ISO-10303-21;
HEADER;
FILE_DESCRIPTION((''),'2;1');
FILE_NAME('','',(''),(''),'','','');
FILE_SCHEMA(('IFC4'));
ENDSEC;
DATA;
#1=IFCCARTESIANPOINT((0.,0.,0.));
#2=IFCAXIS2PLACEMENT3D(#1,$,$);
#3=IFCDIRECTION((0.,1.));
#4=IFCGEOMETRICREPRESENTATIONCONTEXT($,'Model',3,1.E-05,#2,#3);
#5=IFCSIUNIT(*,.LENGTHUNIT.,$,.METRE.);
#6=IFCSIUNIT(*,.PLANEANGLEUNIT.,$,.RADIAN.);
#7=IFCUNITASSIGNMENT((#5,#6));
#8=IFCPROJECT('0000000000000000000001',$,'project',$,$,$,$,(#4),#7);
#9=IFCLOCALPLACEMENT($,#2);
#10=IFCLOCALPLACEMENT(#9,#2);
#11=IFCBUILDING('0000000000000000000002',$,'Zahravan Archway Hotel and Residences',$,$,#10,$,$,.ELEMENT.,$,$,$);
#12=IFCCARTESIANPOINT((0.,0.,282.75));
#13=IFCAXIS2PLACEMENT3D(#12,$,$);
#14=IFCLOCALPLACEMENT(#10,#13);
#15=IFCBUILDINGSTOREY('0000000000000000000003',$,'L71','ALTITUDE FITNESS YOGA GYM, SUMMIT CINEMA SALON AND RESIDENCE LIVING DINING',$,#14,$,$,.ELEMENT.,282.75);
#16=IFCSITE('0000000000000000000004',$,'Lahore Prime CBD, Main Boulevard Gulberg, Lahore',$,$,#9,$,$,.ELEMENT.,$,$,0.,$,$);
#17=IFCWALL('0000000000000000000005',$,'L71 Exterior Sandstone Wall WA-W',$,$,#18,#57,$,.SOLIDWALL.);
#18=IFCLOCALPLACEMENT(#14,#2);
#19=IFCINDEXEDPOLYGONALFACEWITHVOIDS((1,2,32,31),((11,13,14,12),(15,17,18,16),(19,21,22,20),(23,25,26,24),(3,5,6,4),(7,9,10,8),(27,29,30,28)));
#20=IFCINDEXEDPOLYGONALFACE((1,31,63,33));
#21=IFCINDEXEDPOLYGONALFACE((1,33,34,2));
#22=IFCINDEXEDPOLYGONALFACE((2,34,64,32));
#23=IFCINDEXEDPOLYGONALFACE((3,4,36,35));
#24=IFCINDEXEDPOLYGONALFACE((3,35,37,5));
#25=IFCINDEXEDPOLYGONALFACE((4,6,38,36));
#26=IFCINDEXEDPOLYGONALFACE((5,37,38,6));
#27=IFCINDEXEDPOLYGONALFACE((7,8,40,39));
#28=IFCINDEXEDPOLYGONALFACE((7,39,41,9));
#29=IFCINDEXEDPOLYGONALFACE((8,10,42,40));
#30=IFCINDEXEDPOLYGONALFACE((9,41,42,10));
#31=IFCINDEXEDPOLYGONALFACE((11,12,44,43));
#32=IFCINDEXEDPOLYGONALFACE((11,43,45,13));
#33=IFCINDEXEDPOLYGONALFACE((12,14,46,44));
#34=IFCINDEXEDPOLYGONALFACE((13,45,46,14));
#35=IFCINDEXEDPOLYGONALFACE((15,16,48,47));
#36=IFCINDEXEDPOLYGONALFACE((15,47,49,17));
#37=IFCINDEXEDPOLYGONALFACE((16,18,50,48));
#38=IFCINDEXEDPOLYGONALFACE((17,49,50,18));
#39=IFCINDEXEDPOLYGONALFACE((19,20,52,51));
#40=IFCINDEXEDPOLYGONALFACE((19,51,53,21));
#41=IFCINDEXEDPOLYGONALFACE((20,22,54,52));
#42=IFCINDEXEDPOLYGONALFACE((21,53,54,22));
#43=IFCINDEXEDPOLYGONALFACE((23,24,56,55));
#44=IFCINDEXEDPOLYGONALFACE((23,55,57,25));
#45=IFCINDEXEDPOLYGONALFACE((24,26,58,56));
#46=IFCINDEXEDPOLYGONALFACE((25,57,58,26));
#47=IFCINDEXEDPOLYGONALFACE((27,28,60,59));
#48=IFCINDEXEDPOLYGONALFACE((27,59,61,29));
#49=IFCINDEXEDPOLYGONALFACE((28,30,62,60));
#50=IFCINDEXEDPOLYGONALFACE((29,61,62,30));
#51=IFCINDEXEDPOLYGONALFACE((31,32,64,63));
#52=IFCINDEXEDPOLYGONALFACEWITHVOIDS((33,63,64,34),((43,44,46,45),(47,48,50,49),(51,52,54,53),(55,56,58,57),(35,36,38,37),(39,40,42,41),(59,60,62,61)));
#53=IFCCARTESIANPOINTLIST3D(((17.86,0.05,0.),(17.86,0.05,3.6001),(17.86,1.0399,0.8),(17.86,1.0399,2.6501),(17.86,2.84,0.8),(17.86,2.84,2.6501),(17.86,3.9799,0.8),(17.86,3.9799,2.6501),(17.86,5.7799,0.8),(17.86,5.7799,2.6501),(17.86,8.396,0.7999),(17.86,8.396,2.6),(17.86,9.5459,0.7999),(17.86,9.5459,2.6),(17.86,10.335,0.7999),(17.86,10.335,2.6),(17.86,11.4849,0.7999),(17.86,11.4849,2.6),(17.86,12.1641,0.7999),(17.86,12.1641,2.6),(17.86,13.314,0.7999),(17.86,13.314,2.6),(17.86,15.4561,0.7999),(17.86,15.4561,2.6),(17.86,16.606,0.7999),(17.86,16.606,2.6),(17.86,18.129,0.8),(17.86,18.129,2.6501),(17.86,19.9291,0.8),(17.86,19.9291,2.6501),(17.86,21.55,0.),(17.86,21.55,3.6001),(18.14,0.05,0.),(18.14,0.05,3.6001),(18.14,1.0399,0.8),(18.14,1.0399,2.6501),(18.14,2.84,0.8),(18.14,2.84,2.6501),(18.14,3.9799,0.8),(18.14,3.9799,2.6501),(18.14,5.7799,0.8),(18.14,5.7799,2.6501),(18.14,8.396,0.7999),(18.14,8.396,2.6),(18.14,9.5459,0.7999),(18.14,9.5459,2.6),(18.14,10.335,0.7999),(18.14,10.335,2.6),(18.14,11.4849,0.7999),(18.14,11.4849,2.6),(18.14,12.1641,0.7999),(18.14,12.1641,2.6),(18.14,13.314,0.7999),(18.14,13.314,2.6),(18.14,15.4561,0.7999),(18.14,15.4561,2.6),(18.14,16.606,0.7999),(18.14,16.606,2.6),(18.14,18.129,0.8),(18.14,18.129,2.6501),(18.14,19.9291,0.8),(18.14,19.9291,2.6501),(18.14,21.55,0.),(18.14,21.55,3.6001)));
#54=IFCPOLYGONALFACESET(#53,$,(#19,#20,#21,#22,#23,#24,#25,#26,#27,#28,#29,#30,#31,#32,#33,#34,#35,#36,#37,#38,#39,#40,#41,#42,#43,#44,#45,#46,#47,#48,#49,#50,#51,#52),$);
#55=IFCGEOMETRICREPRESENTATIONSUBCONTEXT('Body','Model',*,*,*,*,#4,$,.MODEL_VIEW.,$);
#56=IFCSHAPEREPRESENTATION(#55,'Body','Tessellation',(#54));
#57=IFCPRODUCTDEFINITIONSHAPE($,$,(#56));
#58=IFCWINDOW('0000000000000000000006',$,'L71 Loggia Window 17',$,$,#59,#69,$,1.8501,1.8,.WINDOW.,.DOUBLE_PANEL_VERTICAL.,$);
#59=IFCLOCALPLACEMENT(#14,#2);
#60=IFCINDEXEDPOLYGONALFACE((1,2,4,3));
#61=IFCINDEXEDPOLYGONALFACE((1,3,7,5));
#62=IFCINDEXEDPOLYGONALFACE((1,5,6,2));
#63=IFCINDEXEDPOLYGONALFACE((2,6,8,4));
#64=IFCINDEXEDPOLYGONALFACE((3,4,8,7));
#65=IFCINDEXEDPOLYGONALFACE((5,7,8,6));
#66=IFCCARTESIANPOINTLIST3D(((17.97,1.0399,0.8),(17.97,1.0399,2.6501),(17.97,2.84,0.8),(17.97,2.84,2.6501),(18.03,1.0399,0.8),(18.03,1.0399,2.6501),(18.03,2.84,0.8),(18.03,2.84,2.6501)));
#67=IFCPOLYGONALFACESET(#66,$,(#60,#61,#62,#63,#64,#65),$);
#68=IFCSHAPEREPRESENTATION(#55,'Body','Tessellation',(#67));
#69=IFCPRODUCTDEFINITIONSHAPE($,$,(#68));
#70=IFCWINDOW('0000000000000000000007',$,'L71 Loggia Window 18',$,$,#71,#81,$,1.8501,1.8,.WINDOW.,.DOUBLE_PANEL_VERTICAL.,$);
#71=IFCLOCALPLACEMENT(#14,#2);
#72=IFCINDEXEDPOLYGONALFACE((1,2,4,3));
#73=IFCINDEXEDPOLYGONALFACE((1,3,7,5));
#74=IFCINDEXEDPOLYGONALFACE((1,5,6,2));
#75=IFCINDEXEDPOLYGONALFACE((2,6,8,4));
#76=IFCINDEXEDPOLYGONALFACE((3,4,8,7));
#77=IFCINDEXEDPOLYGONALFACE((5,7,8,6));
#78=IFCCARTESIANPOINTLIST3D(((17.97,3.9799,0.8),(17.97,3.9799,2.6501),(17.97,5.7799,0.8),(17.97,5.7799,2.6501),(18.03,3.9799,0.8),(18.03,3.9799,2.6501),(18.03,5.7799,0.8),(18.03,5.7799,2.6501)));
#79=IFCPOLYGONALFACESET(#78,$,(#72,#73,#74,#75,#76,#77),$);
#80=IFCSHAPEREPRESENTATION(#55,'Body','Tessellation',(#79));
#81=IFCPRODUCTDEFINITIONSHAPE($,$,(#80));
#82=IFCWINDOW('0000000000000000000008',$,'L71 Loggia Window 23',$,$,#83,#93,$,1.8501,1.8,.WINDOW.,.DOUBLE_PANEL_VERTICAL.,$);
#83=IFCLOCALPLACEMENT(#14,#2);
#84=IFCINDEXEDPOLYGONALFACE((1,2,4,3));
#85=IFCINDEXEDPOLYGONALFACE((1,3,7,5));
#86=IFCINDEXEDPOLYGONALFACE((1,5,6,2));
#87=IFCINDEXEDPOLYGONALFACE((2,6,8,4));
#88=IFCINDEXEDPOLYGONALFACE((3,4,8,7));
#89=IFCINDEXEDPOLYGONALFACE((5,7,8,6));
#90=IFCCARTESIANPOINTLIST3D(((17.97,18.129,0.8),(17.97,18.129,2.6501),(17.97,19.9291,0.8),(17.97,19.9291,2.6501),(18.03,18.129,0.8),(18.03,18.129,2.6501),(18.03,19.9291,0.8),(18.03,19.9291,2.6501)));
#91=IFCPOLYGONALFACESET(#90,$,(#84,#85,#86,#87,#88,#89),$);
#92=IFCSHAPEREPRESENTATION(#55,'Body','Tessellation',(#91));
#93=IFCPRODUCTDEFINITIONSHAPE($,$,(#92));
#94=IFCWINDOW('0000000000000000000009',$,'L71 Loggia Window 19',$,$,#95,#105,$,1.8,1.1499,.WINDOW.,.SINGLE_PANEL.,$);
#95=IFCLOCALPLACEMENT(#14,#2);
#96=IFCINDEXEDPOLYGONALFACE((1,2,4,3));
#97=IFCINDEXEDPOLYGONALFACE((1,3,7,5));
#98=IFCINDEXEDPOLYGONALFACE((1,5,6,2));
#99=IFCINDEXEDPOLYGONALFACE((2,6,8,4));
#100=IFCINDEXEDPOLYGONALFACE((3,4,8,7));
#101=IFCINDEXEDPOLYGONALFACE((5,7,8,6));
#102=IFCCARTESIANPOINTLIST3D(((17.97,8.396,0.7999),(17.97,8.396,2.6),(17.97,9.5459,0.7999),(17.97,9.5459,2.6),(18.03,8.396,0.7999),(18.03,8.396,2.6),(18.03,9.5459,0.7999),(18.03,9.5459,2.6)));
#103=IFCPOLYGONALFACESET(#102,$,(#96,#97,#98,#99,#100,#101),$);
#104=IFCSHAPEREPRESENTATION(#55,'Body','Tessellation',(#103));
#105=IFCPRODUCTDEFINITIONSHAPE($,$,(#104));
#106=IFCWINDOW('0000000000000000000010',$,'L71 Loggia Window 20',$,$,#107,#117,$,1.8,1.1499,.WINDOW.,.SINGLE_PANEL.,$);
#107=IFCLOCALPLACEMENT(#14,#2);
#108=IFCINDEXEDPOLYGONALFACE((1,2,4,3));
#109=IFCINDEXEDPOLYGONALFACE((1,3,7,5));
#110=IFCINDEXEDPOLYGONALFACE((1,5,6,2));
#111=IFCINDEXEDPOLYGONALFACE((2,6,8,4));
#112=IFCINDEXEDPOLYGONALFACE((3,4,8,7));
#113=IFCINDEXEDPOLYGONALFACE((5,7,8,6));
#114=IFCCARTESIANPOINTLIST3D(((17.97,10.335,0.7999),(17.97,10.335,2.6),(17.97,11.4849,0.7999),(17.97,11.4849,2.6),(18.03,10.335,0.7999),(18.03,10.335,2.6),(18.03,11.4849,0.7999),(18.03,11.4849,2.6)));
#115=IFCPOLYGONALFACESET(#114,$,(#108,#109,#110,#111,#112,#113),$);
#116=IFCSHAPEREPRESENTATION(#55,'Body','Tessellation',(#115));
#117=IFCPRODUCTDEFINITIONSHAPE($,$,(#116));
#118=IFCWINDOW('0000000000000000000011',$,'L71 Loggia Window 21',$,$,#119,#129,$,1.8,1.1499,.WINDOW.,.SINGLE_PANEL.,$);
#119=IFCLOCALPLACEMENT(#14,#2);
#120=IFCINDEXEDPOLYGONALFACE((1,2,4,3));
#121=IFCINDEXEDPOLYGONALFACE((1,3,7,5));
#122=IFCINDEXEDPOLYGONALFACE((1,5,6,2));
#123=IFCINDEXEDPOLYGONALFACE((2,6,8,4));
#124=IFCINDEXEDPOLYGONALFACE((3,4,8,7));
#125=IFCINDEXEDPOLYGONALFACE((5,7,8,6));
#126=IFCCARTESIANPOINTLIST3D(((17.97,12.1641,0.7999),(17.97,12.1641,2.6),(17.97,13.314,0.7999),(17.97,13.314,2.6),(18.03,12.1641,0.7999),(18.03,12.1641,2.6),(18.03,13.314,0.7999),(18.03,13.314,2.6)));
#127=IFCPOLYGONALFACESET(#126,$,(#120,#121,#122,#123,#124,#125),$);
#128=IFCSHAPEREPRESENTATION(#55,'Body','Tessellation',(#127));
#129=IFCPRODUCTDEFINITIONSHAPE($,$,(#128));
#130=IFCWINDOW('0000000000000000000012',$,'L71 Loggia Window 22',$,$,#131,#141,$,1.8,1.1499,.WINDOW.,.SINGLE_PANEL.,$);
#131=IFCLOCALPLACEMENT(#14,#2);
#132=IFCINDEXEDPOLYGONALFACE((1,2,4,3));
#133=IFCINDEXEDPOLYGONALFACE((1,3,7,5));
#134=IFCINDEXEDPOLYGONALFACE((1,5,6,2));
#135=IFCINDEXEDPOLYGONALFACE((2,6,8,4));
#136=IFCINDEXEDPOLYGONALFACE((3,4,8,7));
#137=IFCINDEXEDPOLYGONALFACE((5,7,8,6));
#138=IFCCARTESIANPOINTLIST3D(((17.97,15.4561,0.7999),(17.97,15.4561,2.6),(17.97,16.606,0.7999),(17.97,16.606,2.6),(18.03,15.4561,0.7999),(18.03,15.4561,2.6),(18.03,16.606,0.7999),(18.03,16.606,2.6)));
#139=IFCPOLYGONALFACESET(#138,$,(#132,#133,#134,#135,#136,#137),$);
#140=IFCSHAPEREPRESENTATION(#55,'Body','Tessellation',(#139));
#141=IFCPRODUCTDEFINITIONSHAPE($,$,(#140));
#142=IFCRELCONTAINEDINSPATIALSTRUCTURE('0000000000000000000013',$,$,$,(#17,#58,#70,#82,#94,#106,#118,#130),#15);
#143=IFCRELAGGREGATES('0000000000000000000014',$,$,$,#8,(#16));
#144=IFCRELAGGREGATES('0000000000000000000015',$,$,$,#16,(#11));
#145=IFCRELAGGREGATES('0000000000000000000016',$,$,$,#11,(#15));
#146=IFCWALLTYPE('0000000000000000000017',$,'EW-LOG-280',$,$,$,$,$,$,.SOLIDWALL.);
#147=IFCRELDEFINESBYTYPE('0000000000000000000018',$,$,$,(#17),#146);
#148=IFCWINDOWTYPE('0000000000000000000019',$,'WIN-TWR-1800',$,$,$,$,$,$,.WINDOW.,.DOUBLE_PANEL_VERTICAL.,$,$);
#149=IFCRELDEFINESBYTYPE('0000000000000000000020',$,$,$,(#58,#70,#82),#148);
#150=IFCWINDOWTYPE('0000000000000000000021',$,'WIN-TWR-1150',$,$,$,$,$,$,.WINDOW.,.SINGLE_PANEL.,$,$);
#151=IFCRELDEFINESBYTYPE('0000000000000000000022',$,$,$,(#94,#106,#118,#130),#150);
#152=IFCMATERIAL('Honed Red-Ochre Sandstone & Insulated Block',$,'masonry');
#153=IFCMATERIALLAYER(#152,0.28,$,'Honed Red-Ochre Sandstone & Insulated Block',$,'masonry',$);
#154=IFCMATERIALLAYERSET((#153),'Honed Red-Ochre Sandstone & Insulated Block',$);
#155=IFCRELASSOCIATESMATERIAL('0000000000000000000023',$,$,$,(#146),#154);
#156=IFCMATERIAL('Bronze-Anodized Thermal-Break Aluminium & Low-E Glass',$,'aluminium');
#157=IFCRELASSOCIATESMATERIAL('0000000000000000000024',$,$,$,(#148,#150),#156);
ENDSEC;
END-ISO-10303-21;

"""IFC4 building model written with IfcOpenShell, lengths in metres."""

from ifc_helpers import new_model, si_unit, direction, frame, frame_2d, origin, place, context, subcontext, project, spatial, rectangle, extrude, source, transform, mapped, material, layer, layer_set, type_object, type_shapes, element, fill, save


model = new_model("IFC4")

# Units and contexts
model_context = context("Model", 3, precision=1e-05, world=origin(), true_north=direction((0.0, 1.0)))
body_context = subcontext(model_context, "Body", "Model", "MODEL_VIEW")
ifc_project = project(units=[si_unit("LENGTHUNIT", "METRE"), si_unit("PLANEANGLEUNIT", "RADIAN")], contexts=[model_context])

# Site, building, storey
site_placement = place(None, origin())
site = spatial("IfcSite", under=ifc_project, at=site_placement, Name="Lahore Prime CBD, Main Boulevard Gulberg, Lahore", CompositionType="ELEMENT", RefElevation=0.0)
building_placement = place(site_placement, origin())
building = spatial("IfcBuilding", under=site, at=building_placement, Name="Zahravan Archway Hotel and Residences", CompositionType="ELEMENT")
storey_placement = place(building_placement, frame((0.0, 0.0, 282.75)))
storey = spatial("IfcBuildingStorey", under=building, at=storey_placement, Name="L71", Description="ALTITUDE FITNESS YOGA GYM, SUMMIT CINEMA SALON AND RESIDENCE LIVING DINING", CompositionType="ELEMENT", Elevation=282.75)

# Shared definitions
ifc_material_1 = material(Name="Honed Red-Ochre Sandstone & Insulated Block", Category="masonry")
ifc_layer = layer(ifc_material_1, 0.28, Name="Honed Red-Ochre Sandstone & Insulated Block", Category="masonry")
ifc_layer_set = layer_set([ifc_layer], Name="Honed Red-Ochre Sandstone & Insulated Block")
wall_type = type_object("IfcWallType", Name="EW-LOG-280", PredefinedType="SOLIDWALL", material=ifc_layer_set)
ifc_material_2 = material(Name="Bronze-Anodized Thermal-Break Aluminium & Low-E Glass", Category="aluminium")
window_type_1 = type_object("IfcWindowType", Name="WIN-TWR-1800", PartitioningType="DOUBLE_PANEL_VERTICAL", PredefinedType="WINDOW", material=ifc_material_2)
shared_shape_1 = source(origin(), body_context, "Body", "SweptSolid", [
    extrude(rectangle(XDim=1.8, YDim=1.8501, at=frame_2d((0.8999, 0.925))), frame((0.0, 0.03, 0.0), z_axis=(0.0, -1.0, 0.0), x_axis=(1.0, 0.0, 0.0)), (0.0, 0.0, 1.0), 0.0601),
])
type_shapes(window_type_1, [shared_shape_1])

# Wall, openings, windows
wall_1_placement = place(storey_placement, frame((18.0, 0.05, 0.0), z_axis=(0.0, 0.0, 1.0), x_axis=(0.0, 1.0, 0.0)))
wall_1 = element("IfcWall", 1, at=wall_1_placement, inside=storey, type_object=wall_type, Name="L71 Exterior Sandstone Wall WA-W", PredefinedType="SOLIDWALL", context=body_context, shape_type="SweptSolid", body=[
    extrude(rectangle(XDim=21.5, YDim=0.28, at=frame_2d((10.75, 0.0))), origin(), (0.0, 0.0, 1.0), 3.6001),
])
opening_1_placement = place(wall_1_placement, frame((0.99, 0.0, 0.8)))
opening_1 = element("IfcOpeningElement", 2, at=opening_1_placement, cuts=wall_1, PredefinedType="OPENING", context=body_context, shape_type="SweptSolid", body=[
    extrude(rectangle(XDim=1.8, YDim=1.8501, at=frame_2d((0.8999, 0.925))), frame((0.0, 0.1499, 0.0), z_axis=(0.0, -1.0, 0.0), x_axis=(1.0, 0.0, 0.0)), (0.0, 0.0, 1.0), 0.3),
])
opening_2_placement = place(wall_1_placement, frame((3.9299, 0.0, 0.8)))
opening_2 = element("IfcOpeningElement", 3, at=opening_2_placement, cuts=wall_1, PredefinedType="OPENING", context=body_context, shape_type="SweptSolid", body=[
    extrude(rectangle(XDim=1.8, YDim=1.8501, at=frame_2d((0.8999, 0.925))), frame((0.0, 0.1499, 0.0), z_axis=(0.0, -1.0, 0.0), x_axis=(1.0, 0.0, 0.0)), (0.0, 0.0, 1.0), 0.3),
])
opening_3_placement = place(wall_1_placement, frame((8.3459, 0.0, 0.8)))
opening_3 = element("IfcOpeningElement", 4, at=opening_3_placement, cuts=wall_1, PredefinedType="OPENING", context=body_context, shape_type="SweptSolid", body=[
    extrude(rectangle(XDim=1.1499, YDim=1.8, at=frame_2d((0.575, 0.8999))), frame((0.0, 0.1499, 0.0), z_axis=(0.0, -1.0, 0.0), x_axis=(1.0, 0.0, 0.0)), (0.0, 0.0, 1.0), 0.3),
])
opening_4_placement = place(wall_1_placement, frame((10.2849, 0.0, 0.8)))
opening_4 = element("IfcOpeningElement", 5, at=opening_4_placement, cuts=wall_1, PredefinedType="OPENING", context=body_context, shape_type="SweptSolid", body=[
    extrude(rectangle(XDim=1.1499, YDim=1.8, at=frame_2d((0.575, 0.8999))), frame((0.0, 0.1499, 0.0), z_axis=(0.0, -1.0, 0.0), x_axis=(1.0, 0.0, 0.0)), (0.0, 0.0, 1.0), 0.3),
])
opening_5_placement = place(wall_1_placement, frame((12.114, 0.0, 0.8)))
opening_5 = element("IfcOpeningElement", 6, at=opening_5_placement, cuts=wall_1, PredefinedType="OPENING", context=body_context, shape_type="SweptSolid", body=[
    extrude(rectangle(XDim=1.1499, YDim=1.8, at=frame_2d((0.575, 0.8999))), frame((0.0, 0.1499, 0.0), z_axis=(0.0, -1.0, 0.0), x_axis=(1.0, 0.0, 0.0)), (0.0, 0.0, 1.0), 0.3),
])
opening_6_placement = place(wall_1_placement, frame((15.406, 0.0, 0.8)))
opening_6 = element("IfcOpeningElement", 7, at=opening_6_placement, cuts=wall_1, PredefinedType="OPENING", context=body_context, shape_type="SweptSolid", body=[
    extrude(rectangle(XDim=1.1499, YDim=1.8, at=frame_2d((0.575, 0.8999))), frame((0.0, 0.1499, 0.0), z_axis=(0.0, -1.0, 0.0), x_axis=(1.0, 0.0, 0.0)), (0.0, 0.0, 1.0), 0.3),
])
opening_7_placement = place(wall_1_placement, frame((18.0791, 0.0, 0.8)))
opening_7 = element("IfcOpeningElement", 8, at=opening_7_placement, cuts=wall_1, PredefinedType="OPENING", context=body_context, shape_type="SweptSolid", body=[
    extrude(rectangle(XDim=1.8, YDim=1.8501, at=frame_2d((0.8999, 0.925))), frame((0.0, 0.1499, 0.0), z_axis=(0.0, -1.0, 0.0), x_axis=(1.0, 0.0, 0.0)), (0.0, 0.0, 1.0), 0.3),
])
window_1_placement = place(opening_1_placement, origin())
window_1 = element("IfcWindow", 9, at=window_1_placement, inside=storey, type_object=window_type_1, Name="L71 Loggia Window 17", OverallHeight=1.8501, OverallWidth=1.8, PartitioningType="DOUBLE_PANEL_VERTICAL", PredefinedType="WINDOW", context=body_context, shape_type="MappedRepresentation", body=[
    mapped(shared_shape_1, transform((0.0, 0.0, 0.0), scale=1.0)),
])
fill(opening_1, window_1)
window_2_placement = place(opening_2_placement, origin())
window_2 = element("IfcWindow", 10, at=window_2_placement, inside=storey, type_object=window_type_1, Name="L71 Loggia Window 18", OverallHeight=1.8501, OverallWidth=1.8, PartitioningType="DOUBLE_PANEL_VERTICAL", PredefinedType="WINDOW", context=body_context, shape_type="MappedRepresentation", body=[
    mapped(shared_shape_1, transform((0.0, 0.0, 0.0), scale=1.0)),
])
fill(opening_2, window_2)
window_3_placement = place(opening_7_placement, origin())
window_3 = element("IfcWindow", 11, at=window_3_placement, inside=storey, type_object=window_type_1, Name="L71 Loggia Window 23", OverallHeight=1.8501, OverallWidth=1.8, PartitioningType="DOUBLE_PANEL_VERTICAL", PredefinedType="WINDOW", context=body_context, shape_type="MappedRepresentation", body=[
    mapped(shared_shape_1, transform((0.0, 0.0, 0.0), scale=1.0)),
])
fill(opening_7, window_3)
window_type_2 = type_object("IfcWindowType", Name="WIN-TWR-1150", PartitioningType="SINGLE_PANEL", PredefinedType="WINDOW", material=ifc_material_2)
shared_shape_2 = source(origin(), body_context, "Body", "SweptSolid", [
    extrude(rectangle(XDim=1.1499, YDim=1.8, at=frame_2d((0.575, 0.8999))), frame((0.0, 0.03, 0.0), z_axis=(0.0, -1.0, 0.0), x_axis=(1.0, 0.0, 0.0)), (0.0, 0.0, 1.0), 0.0601),
])
type_shapes(window_type_2, [shared_shape_2])
window_4_placement = place(opening_3_placement, origin())
window_4 = element("IfcWindow", 12, at=window_4_placement, inside=storey, type_object=window_type_2, Name="L71 Loggia Window 19", OverallHeight=1.8, OverallWidth=1.1499, PartitioningType="SINGLE_PANEL", PredefinedType="WINDOW", context=body_context, shape_type="MappedRepresentation", body=[
    mapped(shared_shape_2, transform((0.0, 0.0, 0.0), scale=1.0)),
])
fill(opening_3, window_4)
window_5_placement = place(opening_4_placement, origin())
window_5 = element("IfcWindow", 13, at=window_5_placement, inside=storey, type_object=window_type_2, Name="L71 Loggia Window 20", OverallHeight=1.8, OverallWidth=1.1499, PartitioningType="SINGLE_PANEL", PredefinedType="WINDOW", context=body_context, shape_type="MappedRepresentation", body=[
    mapped(shared_shape_2, transform((0.0, 0.0, 0.0), scale=1.0)),
])
fill(opening_4, window_5)
window_6_placement = place(opening_5_placement, origin())
window_6 = element("IfcWindow", 14, at=window_6_placement, inside=storey, type_object=window_type_2, Name="L71 Loggia Window 21", OverallHeight=1.8, OverallWidth=1.1499, PartitioningType="SINGLE_PANEL", PredefinedType="WINDOW", context=body_context, shape_type="MappedRepresentation", body=[
    mapped(shared_shape_2, transform((0.0, 0.0, 0.0), scale=1.0)),
])
fill(opening_5, window_6)
window_7_placement = place(opening_6_placement, origin())
window_7 = element("IfcWindow", 15, at=window_7_placement, inside=storey, type_object=window_type_2, Name="L71 Loggia Window 22", OverallHeight=1.8, OverallWidth=1.1499, PartitioningType="SINGLE_PANEL", PredefinedType="WINDOW", context=body_context, shape_type="MappedRepresentation", body=[
    mapped(shared_shape_2, transform((0.0, 0.0, 0.0), scale=1.0)),
])
fill(opening_6, window_7)

save(model, "model.ifc")
